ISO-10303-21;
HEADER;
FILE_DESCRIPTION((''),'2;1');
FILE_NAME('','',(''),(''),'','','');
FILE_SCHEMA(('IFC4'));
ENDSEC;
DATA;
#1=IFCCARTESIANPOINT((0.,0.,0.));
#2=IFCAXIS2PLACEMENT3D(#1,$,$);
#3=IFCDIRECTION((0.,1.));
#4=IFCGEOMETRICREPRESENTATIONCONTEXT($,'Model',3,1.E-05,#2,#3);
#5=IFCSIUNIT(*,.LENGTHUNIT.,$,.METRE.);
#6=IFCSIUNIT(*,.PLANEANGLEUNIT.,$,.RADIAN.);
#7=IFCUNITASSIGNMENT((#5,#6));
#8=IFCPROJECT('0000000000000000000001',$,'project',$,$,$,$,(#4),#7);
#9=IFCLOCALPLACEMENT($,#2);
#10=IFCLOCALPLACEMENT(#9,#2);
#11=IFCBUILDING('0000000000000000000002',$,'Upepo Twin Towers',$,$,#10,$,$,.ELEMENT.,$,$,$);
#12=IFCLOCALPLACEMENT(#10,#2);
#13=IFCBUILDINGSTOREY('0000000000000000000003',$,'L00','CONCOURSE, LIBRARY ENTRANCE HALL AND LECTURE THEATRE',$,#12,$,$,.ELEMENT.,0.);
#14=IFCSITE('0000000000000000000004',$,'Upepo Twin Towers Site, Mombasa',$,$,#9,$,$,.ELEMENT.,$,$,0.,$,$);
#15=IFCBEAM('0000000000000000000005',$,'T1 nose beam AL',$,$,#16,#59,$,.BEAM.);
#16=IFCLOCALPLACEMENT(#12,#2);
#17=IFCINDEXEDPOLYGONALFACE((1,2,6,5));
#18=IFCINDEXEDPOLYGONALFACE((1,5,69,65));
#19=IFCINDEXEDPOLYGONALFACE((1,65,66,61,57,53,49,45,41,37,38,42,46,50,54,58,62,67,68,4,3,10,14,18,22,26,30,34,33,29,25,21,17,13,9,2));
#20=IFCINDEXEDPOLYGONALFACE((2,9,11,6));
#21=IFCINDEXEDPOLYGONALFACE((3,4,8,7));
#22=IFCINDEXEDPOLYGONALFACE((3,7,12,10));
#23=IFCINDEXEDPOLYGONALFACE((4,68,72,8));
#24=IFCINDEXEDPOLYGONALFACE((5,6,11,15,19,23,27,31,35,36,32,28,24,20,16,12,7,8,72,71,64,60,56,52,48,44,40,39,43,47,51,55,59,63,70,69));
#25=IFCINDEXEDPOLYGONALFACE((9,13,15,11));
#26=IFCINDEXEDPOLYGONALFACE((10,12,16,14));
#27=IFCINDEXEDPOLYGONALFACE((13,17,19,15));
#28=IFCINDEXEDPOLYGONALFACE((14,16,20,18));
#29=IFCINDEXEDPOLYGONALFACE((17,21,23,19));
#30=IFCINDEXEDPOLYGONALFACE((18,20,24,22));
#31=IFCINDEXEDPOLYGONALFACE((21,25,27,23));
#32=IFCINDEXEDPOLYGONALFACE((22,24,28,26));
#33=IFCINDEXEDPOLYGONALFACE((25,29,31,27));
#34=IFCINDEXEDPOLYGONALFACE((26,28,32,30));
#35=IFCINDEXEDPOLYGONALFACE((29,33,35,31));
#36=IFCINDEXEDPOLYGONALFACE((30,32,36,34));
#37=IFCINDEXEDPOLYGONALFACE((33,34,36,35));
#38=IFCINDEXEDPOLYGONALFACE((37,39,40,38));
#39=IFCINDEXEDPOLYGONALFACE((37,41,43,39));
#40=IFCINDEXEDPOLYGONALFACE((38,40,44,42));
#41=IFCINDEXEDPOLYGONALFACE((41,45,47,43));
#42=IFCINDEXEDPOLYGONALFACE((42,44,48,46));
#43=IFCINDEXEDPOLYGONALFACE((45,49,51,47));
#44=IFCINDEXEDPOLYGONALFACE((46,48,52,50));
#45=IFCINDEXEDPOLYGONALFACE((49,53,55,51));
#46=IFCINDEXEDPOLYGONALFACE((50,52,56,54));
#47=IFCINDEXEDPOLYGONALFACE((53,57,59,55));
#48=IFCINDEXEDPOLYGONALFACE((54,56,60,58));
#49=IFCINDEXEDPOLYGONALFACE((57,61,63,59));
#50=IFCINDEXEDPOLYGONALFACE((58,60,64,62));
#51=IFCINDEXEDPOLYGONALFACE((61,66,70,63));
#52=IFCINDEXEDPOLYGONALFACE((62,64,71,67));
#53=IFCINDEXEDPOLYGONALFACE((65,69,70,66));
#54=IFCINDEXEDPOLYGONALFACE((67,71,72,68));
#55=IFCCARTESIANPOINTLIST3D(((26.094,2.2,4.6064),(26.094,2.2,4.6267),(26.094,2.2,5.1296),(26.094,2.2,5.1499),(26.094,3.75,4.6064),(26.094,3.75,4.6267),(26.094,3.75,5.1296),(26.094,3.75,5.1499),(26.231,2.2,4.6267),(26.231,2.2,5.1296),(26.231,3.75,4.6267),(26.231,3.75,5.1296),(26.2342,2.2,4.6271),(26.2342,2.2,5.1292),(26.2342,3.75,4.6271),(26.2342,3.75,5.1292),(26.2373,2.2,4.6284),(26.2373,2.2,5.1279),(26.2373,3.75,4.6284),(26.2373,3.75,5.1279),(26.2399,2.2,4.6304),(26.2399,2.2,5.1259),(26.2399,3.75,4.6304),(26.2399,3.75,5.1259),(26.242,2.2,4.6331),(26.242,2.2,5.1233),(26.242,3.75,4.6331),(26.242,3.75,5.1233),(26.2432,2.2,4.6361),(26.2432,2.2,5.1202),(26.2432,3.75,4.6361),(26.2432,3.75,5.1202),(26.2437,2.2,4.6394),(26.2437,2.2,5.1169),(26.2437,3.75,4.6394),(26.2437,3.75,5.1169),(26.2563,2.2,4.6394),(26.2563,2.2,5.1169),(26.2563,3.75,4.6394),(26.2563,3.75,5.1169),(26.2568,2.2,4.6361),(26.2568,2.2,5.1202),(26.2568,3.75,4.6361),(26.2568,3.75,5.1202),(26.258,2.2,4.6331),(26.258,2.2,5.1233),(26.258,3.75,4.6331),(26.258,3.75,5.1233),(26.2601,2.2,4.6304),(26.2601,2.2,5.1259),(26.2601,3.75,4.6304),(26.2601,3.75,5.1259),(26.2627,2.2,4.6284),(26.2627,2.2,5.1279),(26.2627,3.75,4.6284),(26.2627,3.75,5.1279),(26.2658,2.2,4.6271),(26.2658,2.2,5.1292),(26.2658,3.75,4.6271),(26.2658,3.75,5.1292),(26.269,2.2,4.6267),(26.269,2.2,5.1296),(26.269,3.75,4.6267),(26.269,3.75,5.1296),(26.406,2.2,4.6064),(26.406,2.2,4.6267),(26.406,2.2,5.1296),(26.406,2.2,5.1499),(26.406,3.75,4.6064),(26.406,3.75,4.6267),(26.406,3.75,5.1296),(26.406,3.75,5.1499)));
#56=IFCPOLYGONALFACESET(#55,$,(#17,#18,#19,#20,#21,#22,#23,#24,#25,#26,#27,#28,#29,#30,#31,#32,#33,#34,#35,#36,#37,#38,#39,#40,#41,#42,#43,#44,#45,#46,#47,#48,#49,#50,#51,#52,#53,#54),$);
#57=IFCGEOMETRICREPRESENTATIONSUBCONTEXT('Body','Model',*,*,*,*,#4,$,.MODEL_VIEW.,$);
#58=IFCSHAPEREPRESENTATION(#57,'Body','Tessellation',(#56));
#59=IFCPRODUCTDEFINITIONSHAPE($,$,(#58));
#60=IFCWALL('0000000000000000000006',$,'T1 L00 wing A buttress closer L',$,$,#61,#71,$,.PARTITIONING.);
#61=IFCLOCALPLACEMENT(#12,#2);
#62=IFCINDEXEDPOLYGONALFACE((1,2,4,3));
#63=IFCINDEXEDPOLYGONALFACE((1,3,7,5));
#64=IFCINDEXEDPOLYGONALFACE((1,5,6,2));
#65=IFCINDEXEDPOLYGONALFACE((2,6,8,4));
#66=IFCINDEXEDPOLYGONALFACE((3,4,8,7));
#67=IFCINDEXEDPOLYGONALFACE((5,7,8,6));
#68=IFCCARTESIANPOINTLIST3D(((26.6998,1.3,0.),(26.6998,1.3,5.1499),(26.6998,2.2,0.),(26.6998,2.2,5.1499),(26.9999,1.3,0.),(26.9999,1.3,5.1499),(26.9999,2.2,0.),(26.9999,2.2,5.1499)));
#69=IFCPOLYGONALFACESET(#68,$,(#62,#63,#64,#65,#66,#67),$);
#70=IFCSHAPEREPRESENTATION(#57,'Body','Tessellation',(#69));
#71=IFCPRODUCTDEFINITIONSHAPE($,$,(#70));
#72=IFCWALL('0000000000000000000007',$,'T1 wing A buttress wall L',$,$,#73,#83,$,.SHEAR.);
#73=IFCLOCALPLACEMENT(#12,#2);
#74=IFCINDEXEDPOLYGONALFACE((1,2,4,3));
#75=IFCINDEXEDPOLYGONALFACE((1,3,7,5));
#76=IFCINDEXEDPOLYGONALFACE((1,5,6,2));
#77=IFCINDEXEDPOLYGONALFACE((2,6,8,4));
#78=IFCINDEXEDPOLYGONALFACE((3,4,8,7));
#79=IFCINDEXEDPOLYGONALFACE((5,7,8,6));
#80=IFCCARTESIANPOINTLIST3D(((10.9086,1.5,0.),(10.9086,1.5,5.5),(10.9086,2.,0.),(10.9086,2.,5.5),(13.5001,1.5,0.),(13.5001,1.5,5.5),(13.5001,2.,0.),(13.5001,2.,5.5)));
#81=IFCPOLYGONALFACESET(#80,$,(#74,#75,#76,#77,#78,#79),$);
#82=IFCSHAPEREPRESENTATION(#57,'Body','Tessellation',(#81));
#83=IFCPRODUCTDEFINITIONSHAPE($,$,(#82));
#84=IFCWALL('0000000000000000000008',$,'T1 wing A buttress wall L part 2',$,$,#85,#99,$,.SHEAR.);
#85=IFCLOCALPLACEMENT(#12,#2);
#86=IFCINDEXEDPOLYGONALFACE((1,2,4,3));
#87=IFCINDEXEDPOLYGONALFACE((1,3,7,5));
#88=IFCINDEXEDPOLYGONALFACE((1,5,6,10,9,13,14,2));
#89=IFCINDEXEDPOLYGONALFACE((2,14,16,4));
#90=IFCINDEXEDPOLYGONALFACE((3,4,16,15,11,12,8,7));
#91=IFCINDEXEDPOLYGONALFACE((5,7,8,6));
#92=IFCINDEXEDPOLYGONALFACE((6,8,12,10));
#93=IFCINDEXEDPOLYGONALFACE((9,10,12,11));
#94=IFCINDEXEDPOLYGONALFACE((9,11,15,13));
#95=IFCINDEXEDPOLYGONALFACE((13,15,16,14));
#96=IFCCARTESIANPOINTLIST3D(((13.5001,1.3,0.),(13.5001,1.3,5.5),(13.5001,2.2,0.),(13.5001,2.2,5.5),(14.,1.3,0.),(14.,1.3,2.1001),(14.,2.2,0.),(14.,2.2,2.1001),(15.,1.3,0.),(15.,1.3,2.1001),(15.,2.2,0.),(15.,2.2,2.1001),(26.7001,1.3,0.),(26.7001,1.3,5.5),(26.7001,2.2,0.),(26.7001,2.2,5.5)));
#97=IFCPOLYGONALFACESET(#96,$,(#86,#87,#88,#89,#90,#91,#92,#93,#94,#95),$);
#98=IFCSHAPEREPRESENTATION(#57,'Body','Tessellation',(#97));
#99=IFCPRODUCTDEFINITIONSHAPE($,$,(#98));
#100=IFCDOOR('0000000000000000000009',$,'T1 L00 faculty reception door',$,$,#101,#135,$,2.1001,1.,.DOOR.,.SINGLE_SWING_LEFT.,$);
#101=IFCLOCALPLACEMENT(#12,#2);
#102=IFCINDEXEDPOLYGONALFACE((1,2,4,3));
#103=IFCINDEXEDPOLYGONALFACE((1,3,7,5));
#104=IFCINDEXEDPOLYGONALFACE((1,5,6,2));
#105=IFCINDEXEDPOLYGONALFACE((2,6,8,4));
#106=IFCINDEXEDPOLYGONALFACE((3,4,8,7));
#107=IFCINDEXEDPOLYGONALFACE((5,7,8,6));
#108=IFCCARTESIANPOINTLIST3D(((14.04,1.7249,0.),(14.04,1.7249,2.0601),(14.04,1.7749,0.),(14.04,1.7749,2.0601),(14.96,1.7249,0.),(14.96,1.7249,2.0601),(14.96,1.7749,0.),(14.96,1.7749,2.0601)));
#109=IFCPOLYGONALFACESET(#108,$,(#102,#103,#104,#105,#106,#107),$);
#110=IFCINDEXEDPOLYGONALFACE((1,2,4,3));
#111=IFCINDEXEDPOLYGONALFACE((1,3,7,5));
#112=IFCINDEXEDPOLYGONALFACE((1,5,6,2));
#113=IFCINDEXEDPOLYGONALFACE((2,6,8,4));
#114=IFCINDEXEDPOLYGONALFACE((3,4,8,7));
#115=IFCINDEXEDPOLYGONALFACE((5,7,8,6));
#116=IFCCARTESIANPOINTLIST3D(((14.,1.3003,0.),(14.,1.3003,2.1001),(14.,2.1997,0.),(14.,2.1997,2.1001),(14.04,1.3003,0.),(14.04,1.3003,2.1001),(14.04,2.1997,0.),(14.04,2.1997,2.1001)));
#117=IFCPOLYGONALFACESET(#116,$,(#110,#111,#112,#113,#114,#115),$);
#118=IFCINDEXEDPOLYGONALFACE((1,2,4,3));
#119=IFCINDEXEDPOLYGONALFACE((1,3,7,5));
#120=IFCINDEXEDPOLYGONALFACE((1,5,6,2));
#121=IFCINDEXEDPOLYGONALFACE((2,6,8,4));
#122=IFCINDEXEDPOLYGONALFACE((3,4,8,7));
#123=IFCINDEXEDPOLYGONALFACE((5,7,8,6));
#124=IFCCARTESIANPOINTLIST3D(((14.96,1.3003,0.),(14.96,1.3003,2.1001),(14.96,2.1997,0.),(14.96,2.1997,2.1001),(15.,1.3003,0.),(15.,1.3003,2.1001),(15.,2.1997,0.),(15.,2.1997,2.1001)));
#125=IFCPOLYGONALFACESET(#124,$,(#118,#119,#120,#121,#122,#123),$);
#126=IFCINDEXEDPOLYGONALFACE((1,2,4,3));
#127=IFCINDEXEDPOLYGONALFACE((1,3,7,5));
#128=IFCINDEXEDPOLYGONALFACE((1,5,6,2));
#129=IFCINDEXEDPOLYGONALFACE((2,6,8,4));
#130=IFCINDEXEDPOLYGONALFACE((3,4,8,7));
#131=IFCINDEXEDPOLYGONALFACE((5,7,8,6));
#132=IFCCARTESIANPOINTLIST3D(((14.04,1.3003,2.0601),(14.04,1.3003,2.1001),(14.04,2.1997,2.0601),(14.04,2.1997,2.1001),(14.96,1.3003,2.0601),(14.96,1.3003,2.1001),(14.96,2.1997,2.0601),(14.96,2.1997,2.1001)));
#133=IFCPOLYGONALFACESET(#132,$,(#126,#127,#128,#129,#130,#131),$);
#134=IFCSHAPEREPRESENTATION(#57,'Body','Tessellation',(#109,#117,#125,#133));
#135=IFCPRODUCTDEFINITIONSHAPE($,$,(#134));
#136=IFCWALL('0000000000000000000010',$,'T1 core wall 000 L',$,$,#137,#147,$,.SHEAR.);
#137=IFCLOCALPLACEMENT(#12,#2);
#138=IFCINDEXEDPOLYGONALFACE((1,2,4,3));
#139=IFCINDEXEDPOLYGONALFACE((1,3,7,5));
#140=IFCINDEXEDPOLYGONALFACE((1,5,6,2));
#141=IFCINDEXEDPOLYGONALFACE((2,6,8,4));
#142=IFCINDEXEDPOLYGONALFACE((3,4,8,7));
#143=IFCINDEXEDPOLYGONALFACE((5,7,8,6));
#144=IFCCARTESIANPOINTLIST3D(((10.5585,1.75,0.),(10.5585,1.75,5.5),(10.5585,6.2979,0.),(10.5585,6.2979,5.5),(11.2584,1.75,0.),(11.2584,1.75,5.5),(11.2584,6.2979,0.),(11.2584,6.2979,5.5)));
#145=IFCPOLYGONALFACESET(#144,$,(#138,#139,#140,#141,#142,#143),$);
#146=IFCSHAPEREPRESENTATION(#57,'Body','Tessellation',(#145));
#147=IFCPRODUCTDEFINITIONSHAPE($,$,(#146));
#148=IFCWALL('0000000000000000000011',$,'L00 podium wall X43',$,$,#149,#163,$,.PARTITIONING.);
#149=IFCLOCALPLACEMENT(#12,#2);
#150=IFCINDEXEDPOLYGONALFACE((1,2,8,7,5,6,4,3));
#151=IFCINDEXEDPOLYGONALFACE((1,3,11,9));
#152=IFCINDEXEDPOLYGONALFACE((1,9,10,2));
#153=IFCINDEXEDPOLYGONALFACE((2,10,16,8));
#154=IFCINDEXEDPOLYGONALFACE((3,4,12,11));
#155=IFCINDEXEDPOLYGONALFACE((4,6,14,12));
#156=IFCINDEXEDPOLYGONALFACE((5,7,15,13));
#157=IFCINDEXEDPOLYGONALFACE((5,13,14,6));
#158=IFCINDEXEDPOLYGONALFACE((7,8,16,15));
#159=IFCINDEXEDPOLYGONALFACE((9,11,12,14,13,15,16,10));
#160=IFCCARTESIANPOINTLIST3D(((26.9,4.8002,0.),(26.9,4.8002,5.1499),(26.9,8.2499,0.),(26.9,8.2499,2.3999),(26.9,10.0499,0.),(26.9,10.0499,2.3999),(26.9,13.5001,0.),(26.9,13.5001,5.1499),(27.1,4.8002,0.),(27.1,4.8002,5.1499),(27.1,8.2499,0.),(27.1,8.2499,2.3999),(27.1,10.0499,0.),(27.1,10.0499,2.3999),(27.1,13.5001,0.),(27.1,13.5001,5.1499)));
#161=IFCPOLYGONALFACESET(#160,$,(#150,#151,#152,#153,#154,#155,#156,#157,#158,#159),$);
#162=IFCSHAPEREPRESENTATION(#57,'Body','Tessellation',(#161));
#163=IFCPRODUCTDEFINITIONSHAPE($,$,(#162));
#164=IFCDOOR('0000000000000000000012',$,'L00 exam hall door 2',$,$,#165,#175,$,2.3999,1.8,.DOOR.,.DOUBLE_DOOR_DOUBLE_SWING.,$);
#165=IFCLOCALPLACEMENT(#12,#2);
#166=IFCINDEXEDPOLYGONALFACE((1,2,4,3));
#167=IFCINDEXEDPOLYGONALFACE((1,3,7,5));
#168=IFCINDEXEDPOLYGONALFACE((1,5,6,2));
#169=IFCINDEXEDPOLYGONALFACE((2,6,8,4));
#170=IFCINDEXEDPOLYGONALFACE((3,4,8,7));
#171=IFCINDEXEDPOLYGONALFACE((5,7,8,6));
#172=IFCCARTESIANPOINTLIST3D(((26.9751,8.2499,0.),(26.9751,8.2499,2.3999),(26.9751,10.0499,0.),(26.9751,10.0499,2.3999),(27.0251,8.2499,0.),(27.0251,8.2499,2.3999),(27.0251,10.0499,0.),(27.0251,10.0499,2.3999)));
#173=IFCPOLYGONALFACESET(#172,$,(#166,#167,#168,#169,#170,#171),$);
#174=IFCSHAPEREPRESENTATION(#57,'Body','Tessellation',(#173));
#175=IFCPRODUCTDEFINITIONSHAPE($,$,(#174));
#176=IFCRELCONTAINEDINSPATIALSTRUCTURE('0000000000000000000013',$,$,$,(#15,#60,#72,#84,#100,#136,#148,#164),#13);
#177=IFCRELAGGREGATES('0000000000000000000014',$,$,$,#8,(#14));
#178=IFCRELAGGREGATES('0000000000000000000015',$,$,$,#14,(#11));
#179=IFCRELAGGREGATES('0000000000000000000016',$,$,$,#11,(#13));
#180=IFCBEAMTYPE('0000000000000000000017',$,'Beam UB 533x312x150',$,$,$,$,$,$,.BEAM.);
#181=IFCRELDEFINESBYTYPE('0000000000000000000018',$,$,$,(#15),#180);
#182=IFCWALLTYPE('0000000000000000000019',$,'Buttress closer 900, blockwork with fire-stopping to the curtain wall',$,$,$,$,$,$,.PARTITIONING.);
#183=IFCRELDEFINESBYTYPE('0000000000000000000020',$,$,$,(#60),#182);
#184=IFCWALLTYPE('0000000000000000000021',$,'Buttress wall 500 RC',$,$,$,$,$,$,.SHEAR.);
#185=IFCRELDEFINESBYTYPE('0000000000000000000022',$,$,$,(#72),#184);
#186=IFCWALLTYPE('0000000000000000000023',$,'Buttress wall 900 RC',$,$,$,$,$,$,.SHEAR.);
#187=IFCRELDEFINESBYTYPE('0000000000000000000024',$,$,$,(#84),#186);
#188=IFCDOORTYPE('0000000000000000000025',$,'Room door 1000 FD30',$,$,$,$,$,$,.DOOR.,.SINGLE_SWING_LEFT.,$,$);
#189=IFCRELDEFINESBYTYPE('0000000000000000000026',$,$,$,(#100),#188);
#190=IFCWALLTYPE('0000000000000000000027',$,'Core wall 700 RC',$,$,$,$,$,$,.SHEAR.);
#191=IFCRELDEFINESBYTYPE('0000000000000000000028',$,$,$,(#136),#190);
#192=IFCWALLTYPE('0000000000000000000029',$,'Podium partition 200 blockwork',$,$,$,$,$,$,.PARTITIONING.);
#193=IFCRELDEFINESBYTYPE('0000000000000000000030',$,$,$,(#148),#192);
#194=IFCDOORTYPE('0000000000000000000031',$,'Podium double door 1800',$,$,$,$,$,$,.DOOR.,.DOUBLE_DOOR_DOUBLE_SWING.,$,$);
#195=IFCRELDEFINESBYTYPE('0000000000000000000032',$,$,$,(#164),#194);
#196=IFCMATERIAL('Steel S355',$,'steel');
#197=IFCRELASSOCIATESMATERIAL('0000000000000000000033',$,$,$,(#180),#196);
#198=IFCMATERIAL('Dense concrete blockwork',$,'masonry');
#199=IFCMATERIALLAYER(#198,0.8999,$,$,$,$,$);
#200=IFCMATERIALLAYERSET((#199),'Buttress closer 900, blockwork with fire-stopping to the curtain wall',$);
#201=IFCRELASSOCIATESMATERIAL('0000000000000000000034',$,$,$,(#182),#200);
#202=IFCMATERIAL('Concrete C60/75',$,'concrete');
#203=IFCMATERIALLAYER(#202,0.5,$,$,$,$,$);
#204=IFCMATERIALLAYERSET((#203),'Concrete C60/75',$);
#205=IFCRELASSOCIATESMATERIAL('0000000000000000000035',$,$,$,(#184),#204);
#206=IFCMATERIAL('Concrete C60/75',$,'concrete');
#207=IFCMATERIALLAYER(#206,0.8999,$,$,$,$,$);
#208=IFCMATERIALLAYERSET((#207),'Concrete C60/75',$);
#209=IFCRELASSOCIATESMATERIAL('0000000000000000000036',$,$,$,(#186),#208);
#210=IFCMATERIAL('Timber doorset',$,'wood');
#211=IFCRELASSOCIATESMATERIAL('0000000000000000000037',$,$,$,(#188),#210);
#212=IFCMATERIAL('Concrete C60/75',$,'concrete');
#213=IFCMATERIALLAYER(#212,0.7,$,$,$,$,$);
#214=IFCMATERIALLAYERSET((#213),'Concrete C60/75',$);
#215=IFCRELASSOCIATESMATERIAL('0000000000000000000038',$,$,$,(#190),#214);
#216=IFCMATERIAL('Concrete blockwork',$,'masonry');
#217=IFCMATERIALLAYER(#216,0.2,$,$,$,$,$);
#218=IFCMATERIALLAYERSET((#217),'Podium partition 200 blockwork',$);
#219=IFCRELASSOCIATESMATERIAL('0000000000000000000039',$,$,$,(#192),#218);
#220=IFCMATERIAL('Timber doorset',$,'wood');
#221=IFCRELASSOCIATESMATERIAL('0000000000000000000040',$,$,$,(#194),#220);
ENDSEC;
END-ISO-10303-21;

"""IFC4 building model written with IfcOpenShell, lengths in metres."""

from ifc_helpers import new_model, si_unit, direction, frame, frame_2d, origin, origin_2d, place, context, subcontext, project, spatial, rectangle, i_section, extrude, material, layer, layer_set, material_profile, profile_set, type_object, element, fill, save


model = new_model("IFC4")

# Units and contexts
model_context = context("Model", 3, precision=1e-05, world=origin(), true_north=direction((0.0, 1.0)))
body_context = subcontext(model_context, "Body", "Model", "MODEL_VIEW")
ifc_project = project(units=[si_unit("LENGTHUNIT", "METRE"), si_unit("PLANEANGLEUNIT", "RADIAN")], contexts=[model_context])

# Site, building, storey
site_placement = place(None, origin())
site = spatial("IfcSite", under=ifc_project, at=site_placement, Name="Upepo Twin Towers Site, Mombasa", CompositionType="ELEMENT", RefElevation=0.0)
building_placement = place(site_placement, origin())
building = spatial("IfcBuilding", under=site, at=building_placement, Name="Upepo Twin Towers", CompositionType="ELEMENT")
storey_placement = place(building_placement, origin())
storey = spatial("IfcBuildingStorey", under=building, at=storey_placement, Name="L00", Description="CONCOURSE, LIBRARY ENTRANCE HALL AND LECTURE THEATRE", CompositionType="ELEMENT", Elevation=0.0)

# Beam
ifc_material_1 = material(Name="Steel S355", Category="steel")
ifc_material_profile_1 = material_profile(ifc_material_1, i_section(OverallWidth=0.312, OverallDepth=0.5435, WebThickness=0.0127, FlangeThickness=0.0203, FilletRadius=0.0127, at=origin_2d()), Name="UB 533x312x150")
ifc_profile_set_1 = profile_set([ifc_material_profile_1], Name="Steel S355")
beam_type = type_object("IfcBeamType", Name="Beam UB 533x312x150", PredefinedType="BEAM", material=ifc_profile_set_1)
beam_placement = place(storey_placement, frame((26.25, 3.75, 4.8782), z_axis=(0.0, -1.0, 0.0), x_axis=(1.0, 0.0, 0.0)))
element("IfcBeam", 1, at=beam_placement, inside=storey, type_object=beam_type, Name="T1 nose beam AL", PredefinedType="BEAM", context=body_context, shape_type="SweptSolid", body=[
    extrude(i_section(OverallWidth=0.312, OverallDepth=0.5435, WebThickness=0.0127, FlangeThickness=0.0203, FilletRadius=0.0127, at=origin_2d()), origin(), (0.0, 0.0, 1.0), 1.55),
])

# Walls
ifc_material_2 = material(Name="Dense concrete blockwork", Category="masonry")
ifc_layer_1 = layer(ifc_material_2, 0.8999)
ifc_layer_set_1 = layer_set([ifc_layer_1], Name="Buttress closer 900, blockwork with fire-stopping to the curtain wall")
wall_type_1 = type_object("IfcWallType", Name="Buttress closer 900, blockwork with fire-stopping to the curtain wall", PredefinedType="PARTITIONING", material=ifc_layer_set_1)
wall_1_placement = place(storey_placement, frame((26.7, 1.75, 0.0), z_axis=(0.0, 0.0, 1.0), x_axis=(1.0, 0.0, 0.0)))
element("IfcWall", 2, at=wall_1_placement, inside=storey, type_object=wall_type_1, Name="T1 L00 wing A buttress closer L", PredefinedType="PARTITIONING", context=body_context, shape_type="SweptSolid", body=[
    extrude(rectangle(XDim=0.3, YDim=0.8999, at=frame_2d((0.1499, 0.0))), origin(), (0.0, 0.0, 1.0), 5.1499),
])
ifc_material_3 = material(Name="Concrete C60/75", Category="concrete")
ifc_layer_2 = layer(ifc_material_3, 0.5)
ifc_layer_set_2 = layer_set([ifc_layer_2], Name="Concrete C60/75")
wall_type_2 = type_object("IfcWallType", Name="Buttress wall 500 RC", PredefinedType="SHEAR", material=ifc_layer_set_2)
wall_2_placement = place(storey_placement, frame((10.9084, 1.75, 0.0), z_axis=(0.0, 0.0, 1.0), x_axis=(1.0, 0.0, 0.0)))
element("IfcWall", 3, at=wall_2_placement, inside=storey, type_object=wall_type_2, Name="T1 wing A buttress wall L", PredefinedType="SHEAR", context=body_context, shape_type="SweptSolid", body=[
    extrude(rectangle(XDim=2.5916, YDim=0.5, at=frame_2d((1.2959, 0.0))), origin(), (0.0, 0.0, 1.0), 5.5),
])

# Wall, opening, door
ifc_material_4 = material(Name="Concrete C60/75", Category="concrete")
ifc_layer_3 = layer(ifc_material_4, 0.8999)
ifc_layer_set_3 = layer_set([ifc_layer_3], Name="Concrete C60/75")
wall_type_3 = type_object("IfcWallType", Name="Buttress wall 900 RC", PredefinedType="SHEAR", material=ifc_layer_set_3)
wall_3_placement = place(storey_placement, frame((13.5, 1.75, 0.0), z_axis=(0.0, 0.0, 1.0), x_axis=(1.0, 0.0, 0.0)))
wall_3 = element("IfcWall", 4, at=wall_3_placement, inside=storey, type_object=wall_type_3, Name="T1 wing A buttress wall L part 2", PredefinedType="SHEAR", context=body_context, shape_type="SweptSolid", body=[
    extrude(rectangle(XDim=13.2, YDim=0.8999, at=frame_2d((6.6001, 0.0))), origin(), (0.0, 0.0, 1.0), 5.5),
])
opening_1_placement = place(wall_3_placement, frame((0.5, 0.0, 0.0)))
opening_1 = element("IfcOpeningElement", 5, at=opening_1_placement, cuts=wall_3, PredefinedType="OPENING", context=body_context, shape_type="SweptSolid", body=[
    extrude(rectangle(XDim=1.0, YDim=2.1001, at=frame_2d((0.5, 1.05))), frame((0.0, 0.46, 0.0), z_axis=(0.0, -1.0, 0.0), x_axis=(1.0, 0.0, 0.0)), (0.0, 0.0, 1.0), 0.9199),
])
ifc_material_5 = material(Name="Timber doorset", Category="wood")
door_type_1 = type_object("IfcDoorType", Name="Room door 1000 FD30", OperationType="SINGLE_SWING_LEFT", PredefinedType="DOOR", material=ifc_material_5)
door_1_placement = place(opening_1_placement, origin())
door_1 = element("IfcDoor", 6, at=door_1_placement, inside=storey, type_object=door_type_1, Name="T1 L00 faculty reception door", OperationType="SINGLE_SWING_LEFT", OverallHeight=2.1001, OverallWidth=1.0, PredefinedType="DOOR", context=body_context, shape_type="SweptSolid", body=[
    extrude(rectangle(XDim=0.92, YDim=2.0601, at=frame_2d((0.5, 1.03))), frame((0.0, 0.0249, 0.0), z_axis=(0.0, -1.0, 0.0), x_axis=(1.0, 0.0, 0.0)), (0.0, 0.0, 1.0), 0.05),
    extrude(rectangle(XDim=0.04, YDim=2.1001, at=frame_2d((0.02, 1.05))), frame((0.0, 0.4497, 0.0), z_axis=(0.0, -1.0, 0.0), x_axis=(1.0, 0.0, 0.0)), (0.0, 0.0, 1.0), 0.8994),
    extrude(rectangle(XDim=0.04, YDim=2.1001, at=frame_2d((0.98, 1.05))), frame((0.0, 0.4497, 0.0), z_axis=(0.0, -1.0, 0.0), x_axis=(1.0, 0.0, 0.0)), (0.0, 0.0, 1.0), 0.8994),
    extrude(rectangle(XDim=0.92, YDim=0.04, at=frame_2d((0.5, 2.0801))), frame((0.0, 0.4497, 0.0), z_axis=(0.0, -1.0, 0.0), x_axis=(1.0, 0.0, 0.0)), (0.0, 0.0, 1.0), 0.8994),
])
fill(opening_1, door_1)

# Wall
ifc_material_6 = material(Name="Concrete C60/75", Category="concrete")
ifc_layer_4 = layer(ifc_material_6, 0.7)
ifc_layer_set_4 = layer_set([ifc_layer_4], Name="Concrete C60/75")
wall_type_4 = type_object("IfcWallType", Name="Core wall 700 RC", PredefinedType="SHEAR", material=ifc_layer_set_4)
wall_4_placement = place(storey_placement, frame((10.9084, 1.75, 0.0), z_axis=(0.0, 0.0, 1.0), x_axis=(0.0, 1.0, 0.0)))
element("IfcWall", 7, at=wall_4_placement, inside=storey, type_object=wall_type_4, Name="T1 core wall 000 L", PredefinedType="SHEAR", context=body_context, shape_type="SweptSolid", body=[
    extrude(rectangle(XDim=4.5479, YDim=0.7, at=frame_2d((2.2739, 0.0))), origin(), (0.0, 0.0, 1.0), 5.5),
])

# Wall, opening, door
ifc_material_7 = material(Name="Concrete blockwork", Category="masonry")
ifc_layer_5 = layer(ifc_material_7, 0.2)
ifc_layer_set_5 = layer_set([ifc_layer_5], Name="Podium partition 200 blockwork")
wall_type_5 = type_object("IfcWallType", Name="Podium partition 200 blockwork", PredefinedType="PARTITIONING", material=ifc_layer_set_5)
wall_5_placement = place(storey_placement, frame((27.0, 4.8, 0.0), z_axis=(0.0, 0.0, 1.0), x_axis=(0.0, 1.0, 0.0)))
wall_5 = element("IfcWall", 8, at=wall_5_placement, inside=storey, type_object=wall_type_5, Name="L00 podium wall X43", PredefinedType="PARTITIONING", context=body_context, shape_type="SweptSolid", body=[
    extrude(rectangle(XDim=8.7, YDim=0.2, at=frame_2d((4.3501, 0.0))), origin(), (0.0, 0.0, 1.0), 5.1499),
])
opening_2_placement = place(wall_5_placement, frame((3.45, 0.0, 0.0)))
opening_2 = element("IfcOpeningElement", 9, at=opening_2_placement, cuts=wall_5, PredefinedType="OPENING", context=body_context, shape_type="SweptSolid", body=[
    extrude(rectangle(XDim=1.8, YDim=2.3999, at=frame_2d((0.8999, 1.2))), frame((0.0, 0.1099, 0.0), z_axis=(0.0, -1.0, 0.0), x_axis=(1.0, 0.0, 0.0)), (0.0, 0.0, 1.0), 0.22),
])
ifc_material_8 = material(Name="Timber doorset", Category="wood")
door_type_2 = type_object("IfcDoorType", Name="Podium double door 1800", OperationType="DOUBLE_DOOR_DOUBLE_SWING", PredefinedType="DOOR", material=ifc_material_8)
door_2_placement = place(opening_2_placement, origin())
door_2 = element("IfcDoor", 10, at=door_2_placement, inside=storey, type_object=door_type_2, Name="L00 exam hall door 2", OperationType="DOUBLE_DOOR_DOUBLE_SWING", OverallHeight=2.3999, OverallWidth=1.8, PredefinedType="DOOR", context=body_context, shape_type="SweptSolid", body=[
    extrude(rectangle(XDim=1.8, YDim=2.3999, at=frame_2d((0.8999, 1.2))), frame((0.0, 0.0249, 0.0), z_axis=(0.0, -1.0, 0.0), x_axis=(1.0, 0.0, 0.0)), (0.0, 0.0, 1.0), 0.05),
])
fill(opening_2, door_2)

save(model, "model.ifc")
